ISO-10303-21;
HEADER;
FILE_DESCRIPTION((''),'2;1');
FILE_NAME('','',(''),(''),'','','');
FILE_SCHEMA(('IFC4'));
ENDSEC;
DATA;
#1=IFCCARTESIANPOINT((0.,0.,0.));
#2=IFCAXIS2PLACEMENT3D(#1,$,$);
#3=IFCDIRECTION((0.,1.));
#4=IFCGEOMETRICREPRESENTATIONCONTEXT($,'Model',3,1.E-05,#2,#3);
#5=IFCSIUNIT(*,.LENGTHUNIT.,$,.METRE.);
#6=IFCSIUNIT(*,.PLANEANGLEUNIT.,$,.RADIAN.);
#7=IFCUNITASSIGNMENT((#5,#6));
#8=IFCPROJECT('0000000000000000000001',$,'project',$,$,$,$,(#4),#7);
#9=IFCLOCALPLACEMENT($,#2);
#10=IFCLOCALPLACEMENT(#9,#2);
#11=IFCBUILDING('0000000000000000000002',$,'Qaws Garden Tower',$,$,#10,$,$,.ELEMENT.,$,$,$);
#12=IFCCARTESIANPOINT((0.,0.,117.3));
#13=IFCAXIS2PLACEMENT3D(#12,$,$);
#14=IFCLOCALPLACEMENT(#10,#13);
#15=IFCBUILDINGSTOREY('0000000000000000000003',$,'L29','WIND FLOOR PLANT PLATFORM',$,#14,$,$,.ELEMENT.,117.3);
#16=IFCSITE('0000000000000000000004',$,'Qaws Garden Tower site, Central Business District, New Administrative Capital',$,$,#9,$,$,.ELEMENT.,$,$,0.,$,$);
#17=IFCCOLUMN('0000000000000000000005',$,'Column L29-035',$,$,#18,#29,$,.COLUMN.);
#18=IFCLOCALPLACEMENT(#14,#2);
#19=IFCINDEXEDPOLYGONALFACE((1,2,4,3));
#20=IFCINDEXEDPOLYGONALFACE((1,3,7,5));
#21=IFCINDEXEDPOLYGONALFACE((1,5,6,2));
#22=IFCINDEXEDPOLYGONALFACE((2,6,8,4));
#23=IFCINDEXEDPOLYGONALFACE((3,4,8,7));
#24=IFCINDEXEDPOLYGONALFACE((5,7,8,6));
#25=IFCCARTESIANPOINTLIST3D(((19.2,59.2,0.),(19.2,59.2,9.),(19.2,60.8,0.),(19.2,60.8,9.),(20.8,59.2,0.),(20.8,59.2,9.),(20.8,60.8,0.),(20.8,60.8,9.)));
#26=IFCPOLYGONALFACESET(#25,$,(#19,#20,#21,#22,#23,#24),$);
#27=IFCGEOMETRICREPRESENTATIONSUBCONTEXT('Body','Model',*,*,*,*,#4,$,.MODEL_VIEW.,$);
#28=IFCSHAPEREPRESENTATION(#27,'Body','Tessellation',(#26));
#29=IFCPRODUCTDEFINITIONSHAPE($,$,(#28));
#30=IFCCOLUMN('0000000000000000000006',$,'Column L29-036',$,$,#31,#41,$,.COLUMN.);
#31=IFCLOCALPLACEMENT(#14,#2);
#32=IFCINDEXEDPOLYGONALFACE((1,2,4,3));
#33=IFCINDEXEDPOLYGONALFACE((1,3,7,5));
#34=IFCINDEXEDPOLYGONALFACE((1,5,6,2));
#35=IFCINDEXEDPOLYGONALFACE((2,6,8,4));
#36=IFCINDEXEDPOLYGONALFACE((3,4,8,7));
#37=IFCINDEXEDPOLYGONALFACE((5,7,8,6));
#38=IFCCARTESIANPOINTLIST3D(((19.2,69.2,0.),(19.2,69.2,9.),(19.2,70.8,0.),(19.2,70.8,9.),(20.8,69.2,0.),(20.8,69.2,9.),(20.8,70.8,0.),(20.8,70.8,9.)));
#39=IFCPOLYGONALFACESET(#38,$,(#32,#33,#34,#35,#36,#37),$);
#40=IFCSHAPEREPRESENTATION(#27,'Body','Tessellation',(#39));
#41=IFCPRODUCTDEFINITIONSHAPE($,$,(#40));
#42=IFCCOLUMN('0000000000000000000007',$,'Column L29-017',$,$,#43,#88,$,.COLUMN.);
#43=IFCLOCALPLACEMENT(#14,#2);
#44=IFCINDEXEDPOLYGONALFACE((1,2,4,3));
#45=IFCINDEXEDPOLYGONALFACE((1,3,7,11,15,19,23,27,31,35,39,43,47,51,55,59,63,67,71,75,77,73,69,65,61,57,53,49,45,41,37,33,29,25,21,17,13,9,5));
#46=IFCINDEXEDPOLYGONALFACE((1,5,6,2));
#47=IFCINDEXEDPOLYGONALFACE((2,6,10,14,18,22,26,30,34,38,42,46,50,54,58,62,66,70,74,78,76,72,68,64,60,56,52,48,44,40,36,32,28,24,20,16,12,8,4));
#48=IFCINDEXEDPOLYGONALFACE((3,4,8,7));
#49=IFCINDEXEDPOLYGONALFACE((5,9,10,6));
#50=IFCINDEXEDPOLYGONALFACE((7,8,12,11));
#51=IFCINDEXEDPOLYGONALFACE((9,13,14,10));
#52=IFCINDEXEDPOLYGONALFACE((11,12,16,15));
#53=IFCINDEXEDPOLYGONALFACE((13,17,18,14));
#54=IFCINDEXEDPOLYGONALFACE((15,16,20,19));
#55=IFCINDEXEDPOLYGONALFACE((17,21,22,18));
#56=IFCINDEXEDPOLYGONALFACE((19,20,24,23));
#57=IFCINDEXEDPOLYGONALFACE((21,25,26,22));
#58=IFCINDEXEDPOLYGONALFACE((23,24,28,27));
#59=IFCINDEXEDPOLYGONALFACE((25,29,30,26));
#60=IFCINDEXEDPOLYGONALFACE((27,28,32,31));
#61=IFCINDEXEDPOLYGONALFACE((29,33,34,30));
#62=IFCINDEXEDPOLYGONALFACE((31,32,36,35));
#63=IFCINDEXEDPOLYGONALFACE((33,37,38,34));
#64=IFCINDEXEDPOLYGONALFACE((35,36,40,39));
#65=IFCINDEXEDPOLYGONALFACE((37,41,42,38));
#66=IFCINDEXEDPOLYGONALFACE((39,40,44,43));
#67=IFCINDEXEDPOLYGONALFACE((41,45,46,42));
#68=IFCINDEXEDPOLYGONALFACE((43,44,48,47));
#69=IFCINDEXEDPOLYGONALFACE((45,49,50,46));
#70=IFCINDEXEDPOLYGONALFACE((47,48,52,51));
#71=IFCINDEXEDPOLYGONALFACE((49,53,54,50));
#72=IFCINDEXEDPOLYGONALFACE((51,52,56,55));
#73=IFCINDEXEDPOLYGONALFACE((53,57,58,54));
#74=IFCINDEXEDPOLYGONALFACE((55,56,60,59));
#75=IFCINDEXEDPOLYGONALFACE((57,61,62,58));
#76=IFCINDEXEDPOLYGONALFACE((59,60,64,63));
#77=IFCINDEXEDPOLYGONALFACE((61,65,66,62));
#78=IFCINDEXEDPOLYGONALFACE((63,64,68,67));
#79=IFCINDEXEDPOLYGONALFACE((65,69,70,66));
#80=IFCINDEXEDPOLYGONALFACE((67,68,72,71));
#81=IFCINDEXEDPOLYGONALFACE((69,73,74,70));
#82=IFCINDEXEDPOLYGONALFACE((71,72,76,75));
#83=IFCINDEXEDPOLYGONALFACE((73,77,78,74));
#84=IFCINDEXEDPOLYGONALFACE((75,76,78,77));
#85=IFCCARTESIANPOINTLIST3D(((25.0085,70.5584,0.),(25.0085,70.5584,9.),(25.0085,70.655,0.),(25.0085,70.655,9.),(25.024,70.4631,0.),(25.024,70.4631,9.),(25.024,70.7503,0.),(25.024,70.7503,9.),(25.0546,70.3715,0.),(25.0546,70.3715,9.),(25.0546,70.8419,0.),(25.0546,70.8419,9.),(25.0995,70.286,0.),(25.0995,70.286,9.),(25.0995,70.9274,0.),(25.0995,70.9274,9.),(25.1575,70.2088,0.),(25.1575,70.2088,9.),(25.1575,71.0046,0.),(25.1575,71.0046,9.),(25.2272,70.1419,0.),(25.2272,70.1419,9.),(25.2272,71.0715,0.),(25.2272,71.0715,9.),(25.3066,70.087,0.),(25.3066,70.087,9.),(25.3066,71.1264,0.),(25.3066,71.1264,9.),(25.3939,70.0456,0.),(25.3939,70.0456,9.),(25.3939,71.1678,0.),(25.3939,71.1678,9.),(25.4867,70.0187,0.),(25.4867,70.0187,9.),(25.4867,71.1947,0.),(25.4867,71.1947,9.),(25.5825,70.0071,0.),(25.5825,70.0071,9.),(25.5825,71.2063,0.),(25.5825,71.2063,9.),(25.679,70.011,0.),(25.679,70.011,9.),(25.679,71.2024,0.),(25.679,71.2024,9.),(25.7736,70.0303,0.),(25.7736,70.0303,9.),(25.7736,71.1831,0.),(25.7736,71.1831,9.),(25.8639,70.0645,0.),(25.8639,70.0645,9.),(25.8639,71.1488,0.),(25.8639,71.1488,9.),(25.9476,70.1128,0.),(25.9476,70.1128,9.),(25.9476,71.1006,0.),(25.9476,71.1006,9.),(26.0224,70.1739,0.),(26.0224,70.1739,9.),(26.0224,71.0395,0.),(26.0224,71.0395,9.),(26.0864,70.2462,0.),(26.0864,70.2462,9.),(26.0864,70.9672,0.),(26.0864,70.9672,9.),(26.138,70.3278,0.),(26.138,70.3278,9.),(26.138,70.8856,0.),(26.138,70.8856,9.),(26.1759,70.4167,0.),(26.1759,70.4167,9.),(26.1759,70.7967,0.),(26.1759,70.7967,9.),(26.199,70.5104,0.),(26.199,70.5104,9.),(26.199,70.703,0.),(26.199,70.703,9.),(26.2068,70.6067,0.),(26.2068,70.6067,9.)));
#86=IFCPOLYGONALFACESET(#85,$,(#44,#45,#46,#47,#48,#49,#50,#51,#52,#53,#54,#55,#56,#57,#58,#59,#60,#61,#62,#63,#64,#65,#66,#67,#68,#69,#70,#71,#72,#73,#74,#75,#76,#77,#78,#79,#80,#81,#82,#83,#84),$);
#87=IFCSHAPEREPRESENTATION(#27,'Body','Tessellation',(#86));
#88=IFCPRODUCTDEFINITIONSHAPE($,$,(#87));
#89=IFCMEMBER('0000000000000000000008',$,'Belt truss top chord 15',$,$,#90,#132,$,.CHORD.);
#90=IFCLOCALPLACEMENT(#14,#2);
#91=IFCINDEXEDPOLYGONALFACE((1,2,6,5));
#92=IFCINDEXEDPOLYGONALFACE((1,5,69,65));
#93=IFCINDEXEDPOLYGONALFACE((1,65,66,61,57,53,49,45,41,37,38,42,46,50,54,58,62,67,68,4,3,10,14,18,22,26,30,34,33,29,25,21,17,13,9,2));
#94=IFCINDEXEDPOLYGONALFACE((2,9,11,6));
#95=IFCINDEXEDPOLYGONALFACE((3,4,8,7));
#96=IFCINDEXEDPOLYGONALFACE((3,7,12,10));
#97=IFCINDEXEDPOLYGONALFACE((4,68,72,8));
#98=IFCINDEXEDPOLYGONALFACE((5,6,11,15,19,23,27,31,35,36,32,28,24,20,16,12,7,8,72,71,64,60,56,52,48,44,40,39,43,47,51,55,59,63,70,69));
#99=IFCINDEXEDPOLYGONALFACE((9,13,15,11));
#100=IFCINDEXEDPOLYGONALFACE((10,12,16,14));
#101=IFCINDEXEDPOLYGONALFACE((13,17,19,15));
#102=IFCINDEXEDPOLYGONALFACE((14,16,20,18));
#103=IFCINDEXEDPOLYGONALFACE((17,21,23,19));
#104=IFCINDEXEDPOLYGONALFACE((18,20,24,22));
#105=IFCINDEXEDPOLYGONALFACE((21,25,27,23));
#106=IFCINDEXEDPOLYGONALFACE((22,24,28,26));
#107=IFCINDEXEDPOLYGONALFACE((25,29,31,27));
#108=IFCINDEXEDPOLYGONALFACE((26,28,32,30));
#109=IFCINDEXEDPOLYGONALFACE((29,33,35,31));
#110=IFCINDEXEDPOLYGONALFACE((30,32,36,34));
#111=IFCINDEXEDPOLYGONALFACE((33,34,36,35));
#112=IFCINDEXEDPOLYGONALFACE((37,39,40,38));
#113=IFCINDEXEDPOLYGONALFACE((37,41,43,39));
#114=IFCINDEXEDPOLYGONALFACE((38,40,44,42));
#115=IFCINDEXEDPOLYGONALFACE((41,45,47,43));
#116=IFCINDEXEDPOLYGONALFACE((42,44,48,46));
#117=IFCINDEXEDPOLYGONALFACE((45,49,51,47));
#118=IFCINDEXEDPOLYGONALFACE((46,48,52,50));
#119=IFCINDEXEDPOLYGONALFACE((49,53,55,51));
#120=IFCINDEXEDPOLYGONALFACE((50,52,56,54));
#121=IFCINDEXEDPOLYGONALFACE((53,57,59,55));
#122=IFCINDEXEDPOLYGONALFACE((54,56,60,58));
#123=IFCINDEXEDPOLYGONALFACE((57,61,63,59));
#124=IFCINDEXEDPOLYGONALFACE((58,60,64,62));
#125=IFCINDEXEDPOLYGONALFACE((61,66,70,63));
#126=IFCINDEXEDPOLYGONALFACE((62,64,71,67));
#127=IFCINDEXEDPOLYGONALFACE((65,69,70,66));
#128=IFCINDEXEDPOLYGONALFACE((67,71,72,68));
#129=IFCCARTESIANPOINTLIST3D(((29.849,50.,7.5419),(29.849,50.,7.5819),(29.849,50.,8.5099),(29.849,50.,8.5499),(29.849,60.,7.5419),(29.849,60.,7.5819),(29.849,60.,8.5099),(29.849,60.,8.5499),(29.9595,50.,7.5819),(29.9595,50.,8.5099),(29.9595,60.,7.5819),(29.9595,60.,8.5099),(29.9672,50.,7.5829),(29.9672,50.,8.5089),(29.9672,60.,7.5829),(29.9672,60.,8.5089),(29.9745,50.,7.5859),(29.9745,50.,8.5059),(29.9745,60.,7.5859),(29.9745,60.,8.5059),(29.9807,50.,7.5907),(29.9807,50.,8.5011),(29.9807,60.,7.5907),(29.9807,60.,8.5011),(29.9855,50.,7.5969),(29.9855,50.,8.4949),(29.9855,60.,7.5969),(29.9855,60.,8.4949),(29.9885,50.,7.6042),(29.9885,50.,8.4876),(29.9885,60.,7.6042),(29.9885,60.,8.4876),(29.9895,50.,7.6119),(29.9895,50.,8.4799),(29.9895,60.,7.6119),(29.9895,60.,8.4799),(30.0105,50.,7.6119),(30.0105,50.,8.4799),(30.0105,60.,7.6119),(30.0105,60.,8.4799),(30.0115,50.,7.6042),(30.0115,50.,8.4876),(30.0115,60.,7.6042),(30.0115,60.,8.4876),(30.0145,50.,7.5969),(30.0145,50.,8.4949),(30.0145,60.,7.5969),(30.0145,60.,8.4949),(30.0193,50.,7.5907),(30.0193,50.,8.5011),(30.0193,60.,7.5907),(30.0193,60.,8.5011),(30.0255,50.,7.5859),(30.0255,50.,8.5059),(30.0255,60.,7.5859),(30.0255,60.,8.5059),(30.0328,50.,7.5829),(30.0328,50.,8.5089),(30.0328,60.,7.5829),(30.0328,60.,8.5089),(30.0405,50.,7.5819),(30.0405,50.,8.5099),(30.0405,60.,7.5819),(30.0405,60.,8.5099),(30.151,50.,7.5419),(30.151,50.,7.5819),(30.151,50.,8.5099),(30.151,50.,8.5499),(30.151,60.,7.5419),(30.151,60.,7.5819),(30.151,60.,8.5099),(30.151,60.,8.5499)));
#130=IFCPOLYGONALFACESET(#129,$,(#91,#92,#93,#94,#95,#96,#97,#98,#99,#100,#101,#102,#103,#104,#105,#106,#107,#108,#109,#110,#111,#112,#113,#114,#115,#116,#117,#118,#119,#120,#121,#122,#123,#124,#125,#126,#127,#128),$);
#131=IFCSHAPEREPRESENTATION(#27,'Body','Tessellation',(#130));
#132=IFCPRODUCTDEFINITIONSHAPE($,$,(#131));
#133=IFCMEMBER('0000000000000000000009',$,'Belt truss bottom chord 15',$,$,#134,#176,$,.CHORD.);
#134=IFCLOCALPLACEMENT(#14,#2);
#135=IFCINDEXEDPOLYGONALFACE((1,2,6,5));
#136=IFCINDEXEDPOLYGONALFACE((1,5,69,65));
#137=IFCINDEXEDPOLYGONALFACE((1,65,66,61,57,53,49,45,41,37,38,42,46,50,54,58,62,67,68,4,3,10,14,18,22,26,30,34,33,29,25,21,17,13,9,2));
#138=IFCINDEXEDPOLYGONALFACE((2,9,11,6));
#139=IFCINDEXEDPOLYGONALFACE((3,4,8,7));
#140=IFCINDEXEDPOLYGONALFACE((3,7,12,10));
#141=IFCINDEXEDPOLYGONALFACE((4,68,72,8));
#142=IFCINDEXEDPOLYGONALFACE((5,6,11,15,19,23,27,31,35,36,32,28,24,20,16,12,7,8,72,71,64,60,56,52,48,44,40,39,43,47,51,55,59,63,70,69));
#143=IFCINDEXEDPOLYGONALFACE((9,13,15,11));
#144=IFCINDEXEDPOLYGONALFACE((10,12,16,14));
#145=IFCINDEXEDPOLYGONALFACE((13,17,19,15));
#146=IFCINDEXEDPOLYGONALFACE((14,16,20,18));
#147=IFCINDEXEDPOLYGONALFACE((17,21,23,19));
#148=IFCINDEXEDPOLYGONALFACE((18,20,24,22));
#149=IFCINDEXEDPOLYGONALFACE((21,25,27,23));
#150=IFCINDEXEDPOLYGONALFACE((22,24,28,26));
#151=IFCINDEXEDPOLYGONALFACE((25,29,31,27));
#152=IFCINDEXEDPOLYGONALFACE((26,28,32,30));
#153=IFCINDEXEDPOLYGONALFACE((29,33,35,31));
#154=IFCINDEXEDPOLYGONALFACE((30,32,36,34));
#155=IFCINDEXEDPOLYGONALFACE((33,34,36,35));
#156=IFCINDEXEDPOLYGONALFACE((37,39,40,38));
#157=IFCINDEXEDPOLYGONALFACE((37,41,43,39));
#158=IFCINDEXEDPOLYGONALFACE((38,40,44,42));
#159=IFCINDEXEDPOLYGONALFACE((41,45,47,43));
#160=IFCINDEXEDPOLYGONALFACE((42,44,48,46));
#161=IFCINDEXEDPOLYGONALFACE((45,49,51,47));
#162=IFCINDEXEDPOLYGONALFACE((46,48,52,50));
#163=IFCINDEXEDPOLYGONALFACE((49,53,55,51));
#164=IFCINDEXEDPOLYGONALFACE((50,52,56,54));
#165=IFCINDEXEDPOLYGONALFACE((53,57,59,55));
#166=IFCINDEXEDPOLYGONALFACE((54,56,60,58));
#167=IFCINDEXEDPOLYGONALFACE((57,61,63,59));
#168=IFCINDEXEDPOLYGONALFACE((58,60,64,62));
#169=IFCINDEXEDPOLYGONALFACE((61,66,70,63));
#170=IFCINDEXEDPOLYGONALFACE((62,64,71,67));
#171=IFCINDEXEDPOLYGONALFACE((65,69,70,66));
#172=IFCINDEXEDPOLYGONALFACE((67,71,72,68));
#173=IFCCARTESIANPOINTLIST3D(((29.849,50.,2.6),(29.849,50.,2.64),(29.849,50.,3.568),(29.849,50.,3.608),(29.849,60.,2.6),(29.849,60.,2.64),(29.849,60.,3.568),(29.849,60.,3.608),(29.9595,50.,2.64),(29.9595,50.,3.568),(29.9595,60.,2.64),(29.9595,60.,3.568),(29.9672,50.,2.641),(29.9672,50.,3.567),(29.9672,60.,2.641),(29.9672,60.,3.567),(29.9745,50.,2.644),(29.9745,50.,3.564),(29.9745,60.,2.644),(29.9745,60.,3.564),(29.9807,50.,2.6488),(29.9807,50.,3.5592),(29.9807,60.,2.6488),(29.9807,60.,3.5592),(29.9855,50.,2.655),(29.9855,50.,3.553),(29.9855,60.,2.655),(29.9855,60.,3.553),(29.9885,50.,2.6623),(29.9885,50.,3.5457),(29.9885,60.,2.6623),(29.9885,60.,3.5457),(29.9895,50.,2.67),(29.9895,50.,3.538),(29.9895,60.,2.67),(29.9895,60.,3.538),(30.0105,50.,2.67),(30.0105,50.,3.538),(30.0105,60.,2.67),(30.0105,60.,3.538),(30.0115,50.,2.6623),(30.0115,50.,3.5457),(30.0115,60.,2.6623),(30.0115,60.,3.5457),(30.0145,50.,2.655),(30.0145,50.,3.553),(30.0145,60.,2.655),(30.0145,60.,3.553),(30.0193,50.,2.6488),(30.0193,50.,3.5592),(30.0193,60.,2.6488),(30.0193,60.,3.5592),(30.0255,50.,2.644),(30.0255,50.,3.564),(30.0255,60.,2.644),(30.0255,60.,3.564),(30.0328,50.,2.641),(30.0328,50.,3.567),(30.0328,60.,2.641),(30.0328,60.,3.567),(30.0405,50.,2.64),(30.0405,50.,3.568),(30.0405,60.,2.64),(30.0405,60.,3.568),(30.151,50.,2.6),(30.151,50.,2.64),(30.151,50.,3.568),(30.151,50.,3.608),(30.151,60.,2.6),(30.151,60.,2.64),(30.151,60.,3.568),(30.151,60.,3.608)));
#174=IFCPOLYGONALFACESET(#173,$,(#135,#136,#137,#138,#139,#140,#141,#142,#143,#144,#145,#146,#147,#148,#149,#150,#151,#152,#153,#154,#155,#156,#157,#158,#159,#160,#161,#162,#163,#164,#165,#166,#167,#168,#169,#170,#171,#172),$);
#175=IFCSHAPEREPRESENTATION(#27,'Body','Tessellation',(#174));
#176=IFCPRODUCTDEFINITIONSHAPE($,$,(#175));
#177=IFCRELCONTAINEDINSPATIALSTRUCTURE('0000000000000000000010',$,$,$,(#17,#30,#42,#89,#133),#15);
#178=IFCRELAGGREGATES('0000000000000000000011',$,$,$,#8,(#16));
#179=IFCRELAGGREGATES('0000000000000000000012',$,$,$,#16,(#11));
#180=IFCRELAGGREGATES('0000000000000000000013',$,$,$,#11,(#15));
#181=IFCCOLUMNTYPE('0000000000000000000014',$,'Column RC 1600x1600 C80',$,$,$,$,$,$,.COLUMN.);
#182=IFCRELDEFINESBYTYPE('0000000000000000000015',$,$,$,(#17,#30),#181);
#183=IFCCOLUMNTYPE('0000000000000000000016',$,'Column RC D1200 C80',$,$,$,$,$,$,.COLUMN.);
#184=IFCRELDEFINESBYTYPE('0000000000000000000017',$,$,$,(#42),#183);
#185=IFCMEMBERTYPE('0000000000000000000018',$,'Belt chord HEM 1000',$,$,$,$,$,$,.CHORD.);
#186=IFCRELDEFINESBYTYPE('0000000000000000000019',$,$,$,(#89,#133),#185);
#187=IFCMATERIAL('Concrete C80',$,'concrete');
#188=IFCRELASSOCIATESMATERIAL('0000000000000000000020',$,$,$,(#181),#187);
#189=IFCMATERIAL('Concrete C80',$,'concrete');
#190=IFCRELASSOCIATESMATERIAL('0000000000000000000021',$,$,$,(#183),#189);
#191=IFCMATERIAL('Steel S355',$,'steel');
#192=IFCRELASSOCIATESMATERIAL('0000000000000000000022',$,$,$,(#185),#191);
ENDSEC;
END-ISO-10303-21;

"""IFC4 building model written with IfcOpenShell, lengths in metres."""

from ifc_helpers import new_model, si_unit, direction, frame, origin, origin_2d, place, context, subcontext, project, spatial, rectangle, circle, i_section, extrude, material, material_profile, profile_set, type_object, element, save


model = new_model("IFC4")

# Units and contexts
model_context = context("Model", 3, precision=1e-05, world=origin(), true_north=direction((0.0, 1.0)))
body_context = subcontext(model_context, "Body", "Model", "MODEL_VIEW")
ifc_project = project(units=[si_unit("LENGTHUNIT", "METRE"), si_unit("PLANEANGLEUNIT", "RADIAN")], contexts=[model_context])

# Site, building, storey
site_placement = place(None, origin())
site = spatial("IfcSite", under=ifc_project, at=site_placement, Name="Qaws Garden Tower site, Central Business District, New Administrative Capital", CompositionType="ELEMENT", RefElevation=0.0)
building_placement = place(site_placement, origin())
building = spatial("IfcBuilding", under=site, at=building_placement, Name="Qaws Garden Tower", CompositionType="ELEMENT")
storey_placement = place(building_placement, frame((0.0, 0.0, 117.3)))
storey = spatial("IfcBuildingStorey", under=building, at=storey_placement, Name="L29", Description="WIND FLOOR PLANT PLATFORM", CompositionType="ELEMENT", Elevation=117.3)

# Columns
ifc_material_1 = material(Name="Concrete C80", Category="concrete")
ifc_material_profile_1 = material_profile(ifc_material_1, rectangle(XDim=1.6001, YDim=1.6001, at=origin_2d()), Name="RC 1600x1600")
ifc_profile_set_1 = profile_set([ifc_material_profile_1], Name="Concrete C80")
column_type_1 = type_object("IfcColumnType", Name="Column RC 1600x1600 C80", PredefinedType="COLUMN", material=ifc_profile_set_1)
for number, where, z_axis, x_axis, name in (
    (1, (20.0, 60.0, 0.0), (0.0, 0.0, 1.0), (1.0, 0.0, 0.0), "Column L29-035"),
    (2, (20.0, 70.0, 0.0), (0.0, 0.0, 1.0), (1.0, 0.0, 0.0), "Column L29-036"),
):
    element("IfcColumn", number, at=place(storey_placement, frame(where, z_axis=z_axis, x_axis=x_axis)), inside=storey, type_object=column_type_1, Name=name, PredefinedType="COLUMN", context=body_context, shape_type="SweptSolid", body=[
        extrude(rectangle(XDim=1.6001, YDim=1.6001, at=origin_2d()), origin(), (0.0, 0.0, 1.0), 9.0),
    ])
ifc_material_2 = material(Name="Concrete C80", Category="concrete")
ifc_material_profile_2 = material_profile(ifc_material_2, circle(Radius=0.6001, at=origin_2d()), Name="RC D1200")
ifc_profile_set_2 = profile_set([ifc_material_profile_2], Name="Concrete C80")
column_type_2 = type_object("IfcColumnType", Name="Column RC D1200 C80", PredefinedType="COLUMN", material=ifc_profile_set_2)
column_placement = place(storey_placement, frame((25.6067, 70.6067, 0.0), z_axis=(0.0, 0.0, 1.0), x_axis=(1.0, 0.0, 0.0)))
element("IfcColumn", 3, at=column_placement, inside=storey, type_object=column_type_2, Name="Column L29-017", PredefinedType="COLUMN", context=body_context, shape_type="SweptSolid", body=[
    extrude(circle(Radius=0.6001, at=origin_2d()), origin(), (0.0, 0.0, 1.0), 9.0),
])

# Members
ifc_material_3 = material(Name="Steel S355", Category="steel")
ifc_material_profile_3 = material_profile(ifc_material_3, i_section(OverallWidth=0.302, OverallDepth=1.0081, WebThickness=0.021, FlangeThickness=0.04, FilletRadius=0.03, at=origin_2d()), Name="HEM 1000")
ifc_profile_set_3 = profile_set([ifc_material_profile_3], Name="Steel S355")
member_type_1 = type_object("IfcMemberType", Name="Belt chord HEM 1000", PredefinedType="CHORD", material=ifc_profile_set_3)
for number, where, z_axis, x_axis, name in (
    (4, (30.0, 50.0, 8.0459), (0.0, 1.0, 0.0), (-1.0, 0.0, 0.0), "Belt truss top chord 15"),
    (5, (30.0, 50.0, 3.104), (0.0, 1.0, 0.0), (-1.0, 0.0, 0.0), "Belt truss bottom chord 15"),
):
    element("IfcMember", number, at=place(storey_placement, frame(where, z_axis=z_axis, x_axis=x_axis)), inside=storey, type_object=member_type_1, Name=name, PredefinedType="CHORD", context=body_context, shape_type="SweptSolid", body=[
        extrude(i_section(OverallWidth=0.302, OverallDepth=1.0081, WebThickness=0.021, FlangeThickness=0.04, FilletRadius=0.03, at=origin_2d()), origin(), (0.0, 0.0, 1.0), 10.0),
    ])

save(model, "model.ifc")
